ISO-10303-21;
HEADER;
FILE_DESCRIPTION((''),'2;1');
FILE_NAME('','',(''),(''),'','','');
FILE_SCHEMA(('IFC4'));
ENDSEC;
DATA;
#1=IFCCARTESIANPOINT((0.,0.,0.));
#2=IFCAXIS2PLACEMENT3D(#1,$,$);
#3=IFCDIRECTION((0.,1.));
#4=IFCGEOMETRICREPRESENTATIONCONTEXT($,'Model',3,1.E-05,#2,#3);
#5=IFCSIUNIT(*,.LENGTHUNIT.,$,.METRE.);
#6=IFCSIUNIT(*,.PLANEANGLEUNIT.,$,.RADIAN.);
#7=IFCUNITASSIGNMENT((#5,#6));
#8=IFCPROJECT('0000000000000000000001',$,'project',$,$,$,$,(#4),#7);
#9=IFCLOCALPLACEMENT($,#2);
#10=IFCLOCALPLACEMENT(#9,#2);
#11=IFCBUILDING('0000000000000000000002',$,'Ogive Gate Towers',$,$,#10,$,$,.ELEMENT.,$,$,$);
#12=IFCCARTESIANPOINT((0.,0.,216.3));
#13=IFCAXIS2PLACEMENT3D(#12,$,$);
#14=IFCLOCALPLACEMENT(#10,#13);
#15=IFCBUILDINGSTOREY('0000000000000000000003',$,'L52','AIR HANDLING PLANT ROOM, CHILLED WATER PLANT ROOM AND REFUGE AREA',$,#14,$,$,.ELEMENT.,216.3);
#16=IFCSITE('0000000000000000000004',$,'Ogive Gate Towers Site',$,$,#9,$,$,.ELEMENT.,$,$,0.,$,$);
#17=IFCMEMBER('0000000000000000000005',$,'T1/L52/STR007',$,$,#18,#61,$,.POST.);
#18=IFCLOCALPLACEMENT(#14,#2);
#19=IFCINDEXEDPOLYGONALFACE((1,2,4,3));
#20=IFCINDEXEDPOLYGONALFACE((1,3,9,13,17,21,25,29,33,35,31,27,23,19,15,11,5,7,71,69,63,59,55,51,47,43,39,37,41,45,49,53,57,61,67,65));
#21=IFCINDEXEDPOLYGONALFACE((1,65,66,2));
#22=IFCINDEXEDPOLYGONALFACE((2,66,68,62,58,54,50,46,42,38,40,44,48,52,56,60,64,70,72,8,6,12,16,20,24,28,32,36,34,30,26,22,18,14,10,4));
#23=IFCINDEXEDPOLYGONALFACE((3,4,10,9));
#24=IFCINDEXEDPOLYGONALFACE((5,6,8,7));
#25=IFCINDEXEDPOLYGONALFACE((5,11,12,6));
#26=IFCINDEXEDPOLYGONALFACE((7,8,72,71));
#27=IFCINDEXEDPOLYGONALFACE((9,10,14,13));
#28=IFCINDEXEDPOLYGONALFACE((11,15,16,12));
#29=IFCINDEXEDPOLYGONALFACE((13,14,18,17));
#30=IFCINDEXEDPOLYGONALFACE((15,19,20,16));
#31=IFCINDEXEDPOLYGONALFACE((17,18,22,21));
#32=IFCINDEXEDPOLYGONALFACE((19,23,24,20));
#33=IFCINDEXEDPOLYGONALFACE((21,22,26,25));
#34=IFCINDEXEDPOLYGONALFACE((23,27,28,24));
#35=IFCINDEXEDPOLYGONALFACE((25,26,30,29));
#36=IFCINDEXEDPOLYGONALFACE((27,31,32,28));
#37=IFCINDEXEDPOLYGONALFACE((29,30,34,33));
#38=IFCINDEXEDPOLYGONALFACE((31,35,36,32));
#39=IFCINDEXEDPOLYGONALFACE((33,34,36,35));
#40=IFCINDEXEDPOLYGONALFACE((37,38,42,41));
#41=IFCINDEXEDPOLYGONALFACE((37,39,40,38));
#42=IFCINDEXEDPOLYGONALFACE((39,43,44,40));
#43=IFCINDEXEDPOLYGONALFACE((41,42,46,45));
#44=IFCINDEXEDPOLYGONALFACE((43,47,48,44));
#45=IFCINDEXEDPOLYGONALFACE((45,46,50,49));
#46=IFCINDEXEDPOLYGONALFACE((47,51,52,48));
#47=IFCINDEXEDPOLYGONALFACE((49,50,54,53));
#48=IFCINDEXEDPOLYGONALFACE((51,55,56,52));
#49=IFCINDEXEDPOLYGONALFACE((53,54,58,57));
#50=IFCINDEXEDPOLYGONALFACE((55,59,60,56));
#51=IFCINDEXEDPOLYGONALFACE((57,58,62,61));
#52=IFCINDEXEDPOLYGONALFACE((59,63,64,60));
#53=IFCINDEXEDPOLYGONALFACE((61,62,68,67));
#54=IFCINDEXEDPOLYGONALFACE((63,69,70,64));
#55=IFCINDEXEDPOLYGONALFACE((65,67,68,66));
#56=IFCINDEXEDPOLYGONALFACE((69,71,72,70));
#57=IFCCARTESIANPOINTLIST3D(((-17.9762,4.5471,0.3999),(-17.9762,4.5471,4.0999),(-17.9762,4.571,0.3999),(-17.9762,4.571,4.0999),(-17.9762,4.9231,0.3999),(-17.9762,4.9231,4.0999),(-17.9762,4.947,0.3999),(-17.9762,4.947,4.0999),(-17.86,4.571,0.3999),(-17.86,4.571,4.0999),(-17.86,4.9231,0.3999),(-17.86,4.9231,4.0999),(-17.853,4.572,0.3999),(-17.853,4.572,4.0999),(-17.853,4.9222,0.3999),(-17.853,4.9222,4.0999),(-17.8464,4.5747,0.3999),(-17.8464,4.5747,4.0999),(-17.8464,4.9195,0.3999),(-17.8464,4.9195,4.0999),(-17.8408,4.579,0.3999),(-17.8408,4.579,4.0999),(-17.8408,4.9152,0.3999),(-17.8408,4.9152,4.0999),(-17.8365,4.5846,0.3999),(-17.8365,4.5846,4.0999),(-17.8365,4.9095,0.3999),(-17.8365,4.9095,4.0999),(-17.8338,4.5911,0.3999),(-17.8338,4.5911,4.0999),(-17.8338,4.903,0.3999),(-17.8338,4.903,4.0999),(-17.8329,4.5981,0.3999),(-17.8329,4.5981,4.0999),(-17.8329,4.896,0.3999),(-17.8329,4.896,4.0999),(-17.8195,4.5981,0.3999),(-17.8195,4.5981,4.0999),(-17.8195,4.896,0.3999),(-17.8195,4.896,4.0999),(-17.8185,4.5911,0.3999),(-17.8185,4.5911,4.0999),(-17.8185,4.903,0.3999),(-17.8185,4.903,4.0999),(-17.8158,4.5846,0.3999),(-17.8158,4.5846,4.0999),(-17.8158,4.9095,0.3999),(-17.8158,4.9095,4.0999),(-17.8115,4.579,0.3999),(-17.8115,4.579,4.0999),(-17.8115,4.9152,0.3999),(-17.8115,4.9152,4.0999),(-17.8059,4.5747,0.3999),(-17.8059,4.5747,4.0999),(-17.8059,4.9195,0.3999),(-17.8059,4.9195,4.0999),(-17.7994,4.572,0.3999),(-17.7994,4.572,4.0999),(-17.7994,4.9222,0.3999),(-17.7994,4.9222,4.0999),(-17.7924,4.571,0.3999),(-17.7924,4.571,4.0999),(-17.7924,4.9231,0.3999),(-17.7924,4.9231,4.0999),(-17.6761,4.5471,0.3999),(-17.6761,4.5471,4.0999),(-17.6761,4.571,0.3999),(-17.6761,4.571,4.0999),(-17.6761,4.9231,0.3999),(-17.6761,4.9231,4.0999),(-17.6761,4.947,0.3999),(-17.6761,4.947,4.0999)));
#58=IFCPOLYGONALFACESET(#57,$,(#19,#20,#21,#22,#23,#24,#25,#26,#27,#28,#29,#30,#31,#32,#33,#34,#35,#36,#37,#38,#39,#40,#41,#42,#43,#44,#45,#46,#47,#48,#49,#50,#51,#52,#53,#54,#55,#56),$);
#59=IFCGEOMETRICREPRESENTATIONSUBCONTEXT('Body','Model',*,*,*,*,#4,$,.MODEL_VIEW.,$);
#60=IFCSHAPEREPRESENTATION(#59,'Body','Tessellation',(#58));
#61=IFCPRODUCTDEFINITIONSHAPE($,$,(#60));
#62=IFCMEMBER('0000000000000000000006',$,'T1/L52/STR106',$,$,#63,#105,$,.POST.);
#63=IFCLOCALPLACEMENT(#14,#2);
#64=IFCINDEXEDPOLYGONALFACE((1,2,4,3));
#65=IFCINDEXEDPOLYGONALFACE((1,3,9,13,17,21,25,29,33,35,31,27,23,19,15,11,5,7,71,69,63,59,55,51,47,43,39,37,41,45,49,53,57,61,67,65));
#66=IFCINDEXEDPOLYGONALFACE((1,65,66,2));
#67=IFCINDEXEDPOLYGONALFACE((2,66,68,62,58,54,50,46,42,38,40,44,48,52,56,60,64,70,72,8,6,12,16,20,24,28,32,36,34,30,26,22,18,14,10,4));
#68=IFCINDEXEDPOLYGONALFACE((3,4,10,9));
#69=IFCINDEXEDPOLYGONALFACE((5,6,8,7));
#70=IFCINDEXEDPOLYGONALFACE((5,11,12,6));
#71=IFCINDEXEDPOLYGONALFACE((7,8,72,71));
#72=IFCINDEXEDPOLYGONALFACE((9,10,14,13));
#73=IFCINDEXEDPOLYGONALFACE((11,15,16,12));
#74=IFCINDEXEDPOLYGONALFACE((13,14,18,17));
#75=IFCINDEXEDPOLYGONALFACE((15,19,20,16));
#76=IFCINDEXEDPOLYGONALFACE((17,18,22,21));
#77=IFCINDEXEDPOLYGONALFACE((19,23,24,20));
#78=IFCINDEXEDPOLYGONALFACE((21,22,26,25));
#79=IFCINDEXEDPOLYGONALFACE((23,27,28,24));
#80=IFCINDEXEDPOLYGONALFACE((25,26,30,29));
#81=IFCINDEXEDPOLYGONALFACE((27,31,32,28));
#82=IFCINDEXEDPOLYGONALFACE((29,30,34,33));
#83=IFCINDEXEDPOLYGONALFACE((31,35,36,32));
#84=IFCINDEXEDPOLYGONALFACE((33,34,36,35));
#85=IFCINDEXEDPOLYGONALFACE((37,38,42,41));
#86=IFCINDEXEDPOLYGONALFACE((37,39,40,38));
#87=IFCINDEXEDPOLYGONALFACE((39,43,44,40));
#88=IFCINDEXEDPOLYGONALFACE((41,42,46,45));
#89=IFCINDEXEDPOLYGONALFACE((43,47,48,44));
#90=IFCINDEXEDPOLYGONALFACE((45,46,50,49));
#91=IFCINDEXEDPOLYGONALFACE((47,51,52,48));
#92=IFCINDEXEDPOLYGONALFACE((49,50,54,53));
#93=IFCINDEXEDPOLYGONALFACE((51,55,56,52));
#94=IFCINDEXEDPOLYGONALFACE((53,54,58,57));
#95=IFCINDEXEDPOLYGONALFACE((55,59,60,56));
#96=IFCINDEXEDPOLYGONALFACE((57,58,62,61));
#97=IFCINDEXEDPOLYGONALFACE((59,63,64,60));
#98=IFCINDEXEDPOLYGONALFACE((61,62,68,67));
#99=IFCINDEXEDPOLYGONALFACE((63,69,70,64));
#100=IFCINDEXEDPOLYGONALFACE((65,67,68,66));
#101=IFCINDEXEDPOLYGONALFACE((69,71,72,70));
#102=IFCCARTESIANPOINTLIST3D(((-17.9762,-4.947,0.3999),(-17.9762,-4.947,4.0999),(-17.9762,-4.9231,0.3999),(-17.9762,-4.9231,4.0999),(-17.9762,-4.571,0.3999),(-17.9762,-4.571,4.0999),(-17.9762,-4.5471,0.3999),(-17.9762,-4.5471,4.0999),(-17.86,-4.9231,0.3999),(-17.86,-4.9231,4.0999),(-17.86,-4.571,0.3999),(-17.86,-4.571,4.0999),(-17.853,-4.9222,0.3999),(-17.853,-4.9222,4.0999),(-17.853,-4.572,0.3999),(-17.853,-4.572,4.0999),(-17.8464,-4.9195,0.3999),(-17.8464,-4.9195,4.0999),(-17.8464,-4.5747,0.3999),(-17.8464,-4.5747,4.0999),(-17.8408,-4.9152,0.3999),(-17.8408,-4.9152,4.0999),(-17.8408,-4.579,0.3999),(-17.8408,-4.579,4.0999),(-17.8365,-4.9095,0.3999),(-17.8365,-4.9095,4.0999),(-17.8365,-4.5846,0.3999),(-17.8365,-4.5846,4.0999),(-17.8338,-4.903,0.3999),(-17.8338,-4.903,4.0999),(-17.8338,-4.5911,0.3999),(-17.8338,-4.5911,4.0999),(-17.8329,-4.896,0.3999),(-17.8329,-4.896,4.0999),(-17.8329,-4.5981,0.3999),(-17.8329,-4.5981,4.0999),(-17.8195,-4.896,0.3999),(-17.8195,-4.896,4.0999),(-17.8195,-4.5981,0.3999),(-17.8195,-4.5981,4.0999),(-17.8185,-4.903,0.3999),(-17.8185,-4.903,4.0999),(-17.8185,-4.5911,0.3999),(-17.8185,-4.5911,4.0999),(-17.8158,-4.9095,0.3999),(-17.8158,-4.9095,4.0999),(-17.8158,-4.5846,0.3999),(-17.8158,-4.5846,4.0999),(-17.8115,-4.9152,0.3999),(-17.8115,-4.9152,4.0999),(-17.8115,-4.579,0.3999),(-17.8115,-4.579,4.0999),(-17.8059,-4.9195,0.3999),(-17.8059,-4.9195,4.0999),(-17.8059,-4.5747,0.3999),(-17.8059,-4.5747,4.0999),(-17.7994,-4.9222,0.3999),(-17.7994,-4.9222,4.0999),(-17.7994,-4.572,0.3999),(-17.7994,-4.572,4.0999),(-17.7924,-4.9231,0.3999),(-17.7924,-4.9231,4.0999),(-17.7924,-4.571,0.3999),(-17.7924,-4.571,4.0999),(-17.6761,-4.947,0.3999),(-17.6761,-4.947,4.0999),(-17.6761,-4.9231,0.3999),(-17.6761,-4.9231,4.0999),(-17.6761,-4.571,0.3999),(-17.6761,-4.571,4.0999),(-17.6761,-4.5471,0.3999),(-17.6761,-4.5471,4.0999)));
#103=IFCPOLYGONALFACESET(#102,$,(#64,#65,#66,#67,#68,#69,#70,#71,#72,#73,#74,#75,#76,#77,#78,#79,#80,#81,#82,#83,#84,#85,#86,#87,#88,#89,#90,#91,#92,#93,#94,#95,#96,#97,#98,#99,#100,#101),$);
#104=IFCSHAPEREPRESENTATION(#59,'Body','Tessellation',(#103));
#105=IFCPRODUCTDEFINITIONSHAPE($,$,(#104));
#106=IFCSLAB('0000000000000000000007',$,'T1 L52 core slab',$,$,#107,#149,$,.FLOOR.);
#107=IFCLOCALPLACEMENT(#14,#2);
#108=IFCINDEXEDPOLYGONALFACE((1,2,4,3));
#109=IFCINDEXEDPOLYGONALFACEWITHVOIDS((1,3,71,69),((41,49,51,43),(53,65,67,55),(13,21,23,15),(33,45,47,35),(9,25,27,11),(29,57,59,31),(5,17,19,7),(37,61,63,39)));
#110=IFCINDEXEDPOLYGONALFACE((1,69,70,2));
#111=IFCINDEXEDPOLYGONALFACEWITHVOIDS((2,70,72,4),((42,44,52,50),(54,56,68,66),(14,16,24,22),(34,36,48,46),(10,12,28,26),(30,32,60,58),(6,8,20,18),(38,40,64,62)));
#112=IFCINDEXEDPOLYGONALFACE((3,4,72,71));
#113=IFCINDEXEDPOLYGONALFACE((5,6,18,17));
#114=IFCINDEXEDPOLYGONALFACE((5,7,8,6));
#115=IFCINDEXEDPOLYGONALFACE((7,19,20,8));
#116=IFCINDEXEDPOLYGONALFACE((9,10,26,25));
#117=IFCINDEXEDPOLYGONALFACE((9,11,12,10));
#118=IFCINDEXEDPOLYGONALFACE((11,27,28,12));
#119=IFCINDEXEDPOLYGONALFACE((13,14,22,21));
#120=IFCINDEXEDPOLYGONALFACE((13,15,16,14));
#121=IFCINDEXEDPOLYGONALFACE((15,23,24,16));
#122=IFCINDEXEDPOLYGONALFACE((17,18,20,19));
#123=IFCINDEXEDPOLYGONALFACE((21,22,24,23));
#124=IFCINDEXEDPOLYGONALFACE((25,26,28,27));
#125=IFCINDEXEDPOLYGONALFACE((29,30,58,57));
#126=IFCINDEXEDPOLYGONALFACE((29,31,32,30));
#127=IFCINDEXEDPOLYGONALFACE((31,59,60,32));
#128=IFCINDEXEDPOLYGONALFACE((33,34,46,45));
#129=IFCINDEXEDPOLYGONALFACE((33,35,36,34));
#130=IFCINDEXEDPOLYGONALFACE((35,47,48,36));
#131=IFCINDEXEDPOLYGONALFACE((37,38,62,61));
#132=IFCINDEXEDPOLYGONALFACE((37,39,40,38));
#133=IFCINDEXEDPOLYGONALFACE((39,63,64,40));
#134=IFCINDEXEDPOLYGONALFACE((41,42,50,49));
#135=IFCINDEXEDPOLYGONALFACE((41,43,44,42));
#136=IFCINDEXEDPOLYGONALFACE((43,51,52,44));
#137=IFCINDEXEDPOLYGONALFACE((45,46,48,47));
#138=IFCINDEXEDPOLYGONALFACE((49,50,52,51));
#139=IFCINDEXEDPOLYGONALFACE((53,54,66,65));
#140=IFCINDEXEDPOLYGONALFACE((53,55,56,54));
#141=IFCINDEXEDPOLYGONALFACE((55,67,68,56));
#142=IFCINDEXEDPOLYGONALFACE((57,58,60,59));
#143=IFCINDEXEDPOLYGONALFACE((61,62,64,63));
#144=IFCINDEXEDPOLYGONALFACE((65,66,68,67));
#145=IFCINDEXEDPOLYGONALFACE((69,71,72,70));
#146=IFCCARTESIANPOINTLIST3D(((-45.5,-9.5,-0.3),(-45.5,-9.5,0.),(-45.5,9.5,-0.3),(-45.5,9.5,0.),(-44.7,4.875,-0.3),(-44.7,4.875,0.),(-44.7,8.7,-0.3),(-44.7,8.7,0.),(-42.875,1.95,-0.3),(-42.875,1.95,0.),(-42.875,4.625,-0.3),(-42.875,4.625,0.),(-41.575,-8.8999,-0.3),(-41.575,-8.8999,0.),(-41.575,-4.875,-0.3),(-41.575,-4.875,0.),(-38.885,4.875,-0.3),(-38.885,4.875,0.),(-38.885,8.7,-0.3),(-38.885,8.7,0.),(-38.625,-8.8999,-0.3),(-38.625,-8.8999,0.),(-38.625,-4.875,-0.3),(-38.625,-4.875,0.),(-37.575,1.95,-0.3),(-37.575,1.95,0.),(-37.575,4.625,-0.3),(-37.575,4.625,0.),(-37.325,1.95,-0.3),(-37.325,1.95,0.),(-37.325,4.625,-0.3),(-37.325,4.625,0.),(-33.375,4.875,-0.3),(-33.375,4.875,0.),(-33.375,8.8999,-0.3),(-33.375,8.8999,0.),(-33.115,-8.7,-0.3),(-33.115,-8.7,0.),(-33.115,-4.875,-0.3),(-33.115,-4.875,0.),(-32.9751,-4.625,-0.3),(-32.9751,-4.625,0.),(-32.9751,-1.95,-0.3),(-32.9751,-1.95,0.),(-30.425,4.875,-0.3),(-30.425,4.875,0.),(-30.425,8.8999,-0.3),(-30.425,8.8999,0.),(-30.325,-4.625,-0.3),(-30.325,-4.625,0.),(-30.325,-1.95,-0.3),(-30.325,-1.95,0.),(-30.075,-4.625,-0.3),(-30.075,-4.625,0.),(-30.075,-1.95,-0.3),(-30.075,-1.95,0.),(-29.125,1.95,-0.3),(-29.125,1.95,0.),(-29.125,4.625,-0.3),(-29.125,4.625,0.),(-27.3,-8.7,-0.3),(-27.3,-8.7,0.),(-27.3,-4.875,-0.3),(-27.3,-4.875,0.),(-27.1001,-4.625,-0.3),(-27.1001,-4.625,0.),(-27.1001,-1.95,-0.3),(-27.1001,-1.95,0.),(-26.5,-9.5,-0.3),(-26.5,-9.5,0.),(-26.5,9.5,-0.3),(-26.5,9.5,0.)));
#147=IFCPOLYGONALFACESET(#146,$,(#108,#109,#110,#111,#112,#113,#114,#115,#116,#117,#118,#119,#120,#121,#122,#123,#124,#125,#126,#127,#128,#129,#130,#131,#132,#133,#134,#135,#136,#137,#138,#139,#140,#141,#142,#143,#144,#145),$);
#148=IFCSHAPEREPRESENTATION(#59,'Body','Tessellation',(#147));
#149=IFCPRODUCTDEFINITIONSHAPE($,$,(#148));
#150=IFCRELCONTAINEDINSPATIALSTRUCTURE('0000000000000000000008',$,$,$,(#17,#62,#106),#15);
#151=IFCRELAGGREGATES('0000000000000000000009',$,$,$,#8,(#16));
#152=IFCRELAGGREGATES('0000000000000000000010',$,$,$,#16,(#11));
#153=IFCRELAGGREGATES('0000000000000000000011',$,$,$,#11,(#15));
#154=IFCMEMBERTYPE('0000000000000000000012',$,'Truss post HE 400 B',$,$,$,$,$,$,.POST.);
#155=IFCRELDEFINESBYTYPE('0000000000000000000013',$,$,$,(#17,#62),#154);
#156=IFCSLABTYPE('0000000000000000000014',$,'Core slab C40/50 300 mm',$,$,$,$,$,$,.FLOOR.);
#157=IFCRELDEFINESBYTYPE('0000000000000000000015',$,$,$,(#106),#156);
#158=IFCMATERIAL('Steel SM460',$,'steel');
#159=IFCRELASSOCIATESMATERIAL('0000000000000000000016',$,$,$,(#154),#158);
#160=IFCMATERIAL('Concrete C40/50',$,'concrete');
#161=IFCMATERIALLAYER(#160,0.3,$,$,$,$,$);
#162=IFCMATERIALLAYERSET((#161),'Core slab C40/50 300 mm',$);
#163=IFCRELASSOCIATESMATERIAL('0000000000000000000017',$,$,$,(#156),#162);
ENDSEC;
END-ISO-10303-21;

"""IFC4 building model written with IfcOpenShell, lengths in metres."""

from ifc_helpers import new_model, si_unit, direction, frame, origin, origin_2d, place, context, subcontext, project, spatial, polyline, i_section, outline, extrude, material, layer, layer_set, material_profile, profile_set, type_object, element, save


model = new_model("IFC4")

# Units and contexts
model_context = context("Model", 3, precision=1e-05, world=origin(), true_north=direction((0.0, 1.0)))
body_context = subcontext(model_context, "Body", "Model", "MODEL_VIEW")
ifc_project = project(units=[si_unit("LENGTHUNIT", "METRE"), si_unit("PLANEANGLEUNIT", "RADIAN")], contexts=[model_context])

# Site, building, storey
site_placement = place(None, origin())
site = spatial("IfcSite", under=ifc_project, at=site_placement, Name="Ogive Gate Towers Site", CompositionType="ELEMENT", RefElevation=0.0)
building_placement = place(site_placement, origin())
building = spatial("IfcBuilding", under=site, at=building_placement, Name="Ogive Gate Towers", CompositionType="ELEMENT")
storey_placement = place(building_placement, frame((0.0, 0.0, 216.3)))
storey = spatial("IfcBuildingStorey", under=building, at=storey_placement, Name="L52", Description="AIR HANDLING PLANT ROOM, CHILLED WATER PLANT ROOM AND REFUGE AREA", CompositionType="ELEMENT", Elevation=216.3)

# Shared definitions
ifc_material_1 = material(Name="Steel SM460", Category="steel")

# Members
ifc_material_profile_1 = material_profile(ifc_material_1, i_section(OverallWidth=0.3, OverallDepth=0.3999, WebThickness=0.0134, FlangeThickness=0.0239, FilletRadius=0.0271, at=origin_2d()), Name="HE 400 B")
ifc_profile_set_1 = profile_set([ifc_material_profile_1], Name="Steel SM460")
member_type_1 = type_object("IfcMemberType", Name="Truss post HE 400 B", PredefinedType="POST", material=ifc_profile_set_1)
for number, where, z_axis, x_axis, name in (
    (1, (-17.8262, 4.7471, 0.3999), (0.0, 0.0, 1.0), (1.0, 0.0, 0.0), "T1/L52/STR007"),
    (2, (-17.8262, -4.7471, 0.3999), (0.0, 0.0, 1.0), (1.0, 0.0, 0.0), "T1/L52/STR106"),
):
    element("IfcMember", number, at=place(storey_placement, frame(where, z_axis=z_axis, x_axis=x_axis)), inside=storey, type_object=member_type_1, Name=name, PredefinedType="POST", context=body_context, shape_type="SweptSolid", body=[
        extrude(i_section(OverallWidth=0.3, OverallDepth=0.3999, WebThickness=0.0134, FlangeThickness=0.0239, FilletRadius=0.0271, at=origin_2d()), origin(), (0.0, 0.0, 1.0), 3.7),
    ])

# Slab
ifc_material_2 = material(Name="Concrete C40/50", Category="concrete")
ifc_layer_1 = layer(ifc_material_2, 0.3)
ifc_layer_set_1 = layer_set([ifc_layer_1], Name="Core slab C40/50 300 mm")
slab_type_1 = type_object("IfcSlabType", Name="Core slab C40/50 300 mm", PredefinedType="FLOOR", material=ifc_layer_set_1)
slab_1_placement = place(storey_placement, frame((0.0, 0.0, -0.3)))
element("IfcSlab", 3, at=slab_1_placement, inside=storey, type_object=slab_type_1, Name="T1 L52 core slab", PredefinedType="FLOOR", context=body_context, shape_type="SweptSolid", body=[
    extrude(outline(polyline([(-45.5, -9.5), (-45.5, 9.5), (-26.5, 9.5), (-26.5, -9.5), (-45.5, -9.5)]), holes=[polyline([(-42.875, 1.95), (-37.575, 1.95), (-37.575, 4.625), (-42.875, 4.625), (-42.875, 1.95)]), polyline([(-37.325, 4.625), (-37.325, 1.95), (-29.125, 1.95), (-29.125, 4.625), (-37.325, 4.625)]), polyline([(-30.325, -1.95), (-32.9751, -1.95), (-32.9751, -4.625), (-30.325, -4.625), (-30.325, -1.95)]), polyline([(-27.1001, -4.625), (-27.1001, -1.95), (-30.075, -1.95), (-30.075, -4.625), (-27.1001, -4.625)]), polyline([(-33.375, 4.875), (-30.425, 4.875), (-30.425, 8.8999), (-33.375, 8.8999), (-33.375, 4.875)]), polyline([(-41.575, -4.875), (-41.575, -8.8999), (-38.625, -8.8999), (-38.625, -4.875), (-41.575, -4.875)]), polyline([(-44.7, 4.875), (-38.885, 4.875), (-38.885, 8.7), (-44.7, 8.7), (-44.7, 4.875)]), polyline([(-27.3, -8.7), (-27.3, -4.875), (-33.115, -4.875), (-33.115, -8.7), (-27.3, -8.7)])]), origin(), (0.0, 0.0, 1.0), 0.3),
])

save(model, "model.ifc")
